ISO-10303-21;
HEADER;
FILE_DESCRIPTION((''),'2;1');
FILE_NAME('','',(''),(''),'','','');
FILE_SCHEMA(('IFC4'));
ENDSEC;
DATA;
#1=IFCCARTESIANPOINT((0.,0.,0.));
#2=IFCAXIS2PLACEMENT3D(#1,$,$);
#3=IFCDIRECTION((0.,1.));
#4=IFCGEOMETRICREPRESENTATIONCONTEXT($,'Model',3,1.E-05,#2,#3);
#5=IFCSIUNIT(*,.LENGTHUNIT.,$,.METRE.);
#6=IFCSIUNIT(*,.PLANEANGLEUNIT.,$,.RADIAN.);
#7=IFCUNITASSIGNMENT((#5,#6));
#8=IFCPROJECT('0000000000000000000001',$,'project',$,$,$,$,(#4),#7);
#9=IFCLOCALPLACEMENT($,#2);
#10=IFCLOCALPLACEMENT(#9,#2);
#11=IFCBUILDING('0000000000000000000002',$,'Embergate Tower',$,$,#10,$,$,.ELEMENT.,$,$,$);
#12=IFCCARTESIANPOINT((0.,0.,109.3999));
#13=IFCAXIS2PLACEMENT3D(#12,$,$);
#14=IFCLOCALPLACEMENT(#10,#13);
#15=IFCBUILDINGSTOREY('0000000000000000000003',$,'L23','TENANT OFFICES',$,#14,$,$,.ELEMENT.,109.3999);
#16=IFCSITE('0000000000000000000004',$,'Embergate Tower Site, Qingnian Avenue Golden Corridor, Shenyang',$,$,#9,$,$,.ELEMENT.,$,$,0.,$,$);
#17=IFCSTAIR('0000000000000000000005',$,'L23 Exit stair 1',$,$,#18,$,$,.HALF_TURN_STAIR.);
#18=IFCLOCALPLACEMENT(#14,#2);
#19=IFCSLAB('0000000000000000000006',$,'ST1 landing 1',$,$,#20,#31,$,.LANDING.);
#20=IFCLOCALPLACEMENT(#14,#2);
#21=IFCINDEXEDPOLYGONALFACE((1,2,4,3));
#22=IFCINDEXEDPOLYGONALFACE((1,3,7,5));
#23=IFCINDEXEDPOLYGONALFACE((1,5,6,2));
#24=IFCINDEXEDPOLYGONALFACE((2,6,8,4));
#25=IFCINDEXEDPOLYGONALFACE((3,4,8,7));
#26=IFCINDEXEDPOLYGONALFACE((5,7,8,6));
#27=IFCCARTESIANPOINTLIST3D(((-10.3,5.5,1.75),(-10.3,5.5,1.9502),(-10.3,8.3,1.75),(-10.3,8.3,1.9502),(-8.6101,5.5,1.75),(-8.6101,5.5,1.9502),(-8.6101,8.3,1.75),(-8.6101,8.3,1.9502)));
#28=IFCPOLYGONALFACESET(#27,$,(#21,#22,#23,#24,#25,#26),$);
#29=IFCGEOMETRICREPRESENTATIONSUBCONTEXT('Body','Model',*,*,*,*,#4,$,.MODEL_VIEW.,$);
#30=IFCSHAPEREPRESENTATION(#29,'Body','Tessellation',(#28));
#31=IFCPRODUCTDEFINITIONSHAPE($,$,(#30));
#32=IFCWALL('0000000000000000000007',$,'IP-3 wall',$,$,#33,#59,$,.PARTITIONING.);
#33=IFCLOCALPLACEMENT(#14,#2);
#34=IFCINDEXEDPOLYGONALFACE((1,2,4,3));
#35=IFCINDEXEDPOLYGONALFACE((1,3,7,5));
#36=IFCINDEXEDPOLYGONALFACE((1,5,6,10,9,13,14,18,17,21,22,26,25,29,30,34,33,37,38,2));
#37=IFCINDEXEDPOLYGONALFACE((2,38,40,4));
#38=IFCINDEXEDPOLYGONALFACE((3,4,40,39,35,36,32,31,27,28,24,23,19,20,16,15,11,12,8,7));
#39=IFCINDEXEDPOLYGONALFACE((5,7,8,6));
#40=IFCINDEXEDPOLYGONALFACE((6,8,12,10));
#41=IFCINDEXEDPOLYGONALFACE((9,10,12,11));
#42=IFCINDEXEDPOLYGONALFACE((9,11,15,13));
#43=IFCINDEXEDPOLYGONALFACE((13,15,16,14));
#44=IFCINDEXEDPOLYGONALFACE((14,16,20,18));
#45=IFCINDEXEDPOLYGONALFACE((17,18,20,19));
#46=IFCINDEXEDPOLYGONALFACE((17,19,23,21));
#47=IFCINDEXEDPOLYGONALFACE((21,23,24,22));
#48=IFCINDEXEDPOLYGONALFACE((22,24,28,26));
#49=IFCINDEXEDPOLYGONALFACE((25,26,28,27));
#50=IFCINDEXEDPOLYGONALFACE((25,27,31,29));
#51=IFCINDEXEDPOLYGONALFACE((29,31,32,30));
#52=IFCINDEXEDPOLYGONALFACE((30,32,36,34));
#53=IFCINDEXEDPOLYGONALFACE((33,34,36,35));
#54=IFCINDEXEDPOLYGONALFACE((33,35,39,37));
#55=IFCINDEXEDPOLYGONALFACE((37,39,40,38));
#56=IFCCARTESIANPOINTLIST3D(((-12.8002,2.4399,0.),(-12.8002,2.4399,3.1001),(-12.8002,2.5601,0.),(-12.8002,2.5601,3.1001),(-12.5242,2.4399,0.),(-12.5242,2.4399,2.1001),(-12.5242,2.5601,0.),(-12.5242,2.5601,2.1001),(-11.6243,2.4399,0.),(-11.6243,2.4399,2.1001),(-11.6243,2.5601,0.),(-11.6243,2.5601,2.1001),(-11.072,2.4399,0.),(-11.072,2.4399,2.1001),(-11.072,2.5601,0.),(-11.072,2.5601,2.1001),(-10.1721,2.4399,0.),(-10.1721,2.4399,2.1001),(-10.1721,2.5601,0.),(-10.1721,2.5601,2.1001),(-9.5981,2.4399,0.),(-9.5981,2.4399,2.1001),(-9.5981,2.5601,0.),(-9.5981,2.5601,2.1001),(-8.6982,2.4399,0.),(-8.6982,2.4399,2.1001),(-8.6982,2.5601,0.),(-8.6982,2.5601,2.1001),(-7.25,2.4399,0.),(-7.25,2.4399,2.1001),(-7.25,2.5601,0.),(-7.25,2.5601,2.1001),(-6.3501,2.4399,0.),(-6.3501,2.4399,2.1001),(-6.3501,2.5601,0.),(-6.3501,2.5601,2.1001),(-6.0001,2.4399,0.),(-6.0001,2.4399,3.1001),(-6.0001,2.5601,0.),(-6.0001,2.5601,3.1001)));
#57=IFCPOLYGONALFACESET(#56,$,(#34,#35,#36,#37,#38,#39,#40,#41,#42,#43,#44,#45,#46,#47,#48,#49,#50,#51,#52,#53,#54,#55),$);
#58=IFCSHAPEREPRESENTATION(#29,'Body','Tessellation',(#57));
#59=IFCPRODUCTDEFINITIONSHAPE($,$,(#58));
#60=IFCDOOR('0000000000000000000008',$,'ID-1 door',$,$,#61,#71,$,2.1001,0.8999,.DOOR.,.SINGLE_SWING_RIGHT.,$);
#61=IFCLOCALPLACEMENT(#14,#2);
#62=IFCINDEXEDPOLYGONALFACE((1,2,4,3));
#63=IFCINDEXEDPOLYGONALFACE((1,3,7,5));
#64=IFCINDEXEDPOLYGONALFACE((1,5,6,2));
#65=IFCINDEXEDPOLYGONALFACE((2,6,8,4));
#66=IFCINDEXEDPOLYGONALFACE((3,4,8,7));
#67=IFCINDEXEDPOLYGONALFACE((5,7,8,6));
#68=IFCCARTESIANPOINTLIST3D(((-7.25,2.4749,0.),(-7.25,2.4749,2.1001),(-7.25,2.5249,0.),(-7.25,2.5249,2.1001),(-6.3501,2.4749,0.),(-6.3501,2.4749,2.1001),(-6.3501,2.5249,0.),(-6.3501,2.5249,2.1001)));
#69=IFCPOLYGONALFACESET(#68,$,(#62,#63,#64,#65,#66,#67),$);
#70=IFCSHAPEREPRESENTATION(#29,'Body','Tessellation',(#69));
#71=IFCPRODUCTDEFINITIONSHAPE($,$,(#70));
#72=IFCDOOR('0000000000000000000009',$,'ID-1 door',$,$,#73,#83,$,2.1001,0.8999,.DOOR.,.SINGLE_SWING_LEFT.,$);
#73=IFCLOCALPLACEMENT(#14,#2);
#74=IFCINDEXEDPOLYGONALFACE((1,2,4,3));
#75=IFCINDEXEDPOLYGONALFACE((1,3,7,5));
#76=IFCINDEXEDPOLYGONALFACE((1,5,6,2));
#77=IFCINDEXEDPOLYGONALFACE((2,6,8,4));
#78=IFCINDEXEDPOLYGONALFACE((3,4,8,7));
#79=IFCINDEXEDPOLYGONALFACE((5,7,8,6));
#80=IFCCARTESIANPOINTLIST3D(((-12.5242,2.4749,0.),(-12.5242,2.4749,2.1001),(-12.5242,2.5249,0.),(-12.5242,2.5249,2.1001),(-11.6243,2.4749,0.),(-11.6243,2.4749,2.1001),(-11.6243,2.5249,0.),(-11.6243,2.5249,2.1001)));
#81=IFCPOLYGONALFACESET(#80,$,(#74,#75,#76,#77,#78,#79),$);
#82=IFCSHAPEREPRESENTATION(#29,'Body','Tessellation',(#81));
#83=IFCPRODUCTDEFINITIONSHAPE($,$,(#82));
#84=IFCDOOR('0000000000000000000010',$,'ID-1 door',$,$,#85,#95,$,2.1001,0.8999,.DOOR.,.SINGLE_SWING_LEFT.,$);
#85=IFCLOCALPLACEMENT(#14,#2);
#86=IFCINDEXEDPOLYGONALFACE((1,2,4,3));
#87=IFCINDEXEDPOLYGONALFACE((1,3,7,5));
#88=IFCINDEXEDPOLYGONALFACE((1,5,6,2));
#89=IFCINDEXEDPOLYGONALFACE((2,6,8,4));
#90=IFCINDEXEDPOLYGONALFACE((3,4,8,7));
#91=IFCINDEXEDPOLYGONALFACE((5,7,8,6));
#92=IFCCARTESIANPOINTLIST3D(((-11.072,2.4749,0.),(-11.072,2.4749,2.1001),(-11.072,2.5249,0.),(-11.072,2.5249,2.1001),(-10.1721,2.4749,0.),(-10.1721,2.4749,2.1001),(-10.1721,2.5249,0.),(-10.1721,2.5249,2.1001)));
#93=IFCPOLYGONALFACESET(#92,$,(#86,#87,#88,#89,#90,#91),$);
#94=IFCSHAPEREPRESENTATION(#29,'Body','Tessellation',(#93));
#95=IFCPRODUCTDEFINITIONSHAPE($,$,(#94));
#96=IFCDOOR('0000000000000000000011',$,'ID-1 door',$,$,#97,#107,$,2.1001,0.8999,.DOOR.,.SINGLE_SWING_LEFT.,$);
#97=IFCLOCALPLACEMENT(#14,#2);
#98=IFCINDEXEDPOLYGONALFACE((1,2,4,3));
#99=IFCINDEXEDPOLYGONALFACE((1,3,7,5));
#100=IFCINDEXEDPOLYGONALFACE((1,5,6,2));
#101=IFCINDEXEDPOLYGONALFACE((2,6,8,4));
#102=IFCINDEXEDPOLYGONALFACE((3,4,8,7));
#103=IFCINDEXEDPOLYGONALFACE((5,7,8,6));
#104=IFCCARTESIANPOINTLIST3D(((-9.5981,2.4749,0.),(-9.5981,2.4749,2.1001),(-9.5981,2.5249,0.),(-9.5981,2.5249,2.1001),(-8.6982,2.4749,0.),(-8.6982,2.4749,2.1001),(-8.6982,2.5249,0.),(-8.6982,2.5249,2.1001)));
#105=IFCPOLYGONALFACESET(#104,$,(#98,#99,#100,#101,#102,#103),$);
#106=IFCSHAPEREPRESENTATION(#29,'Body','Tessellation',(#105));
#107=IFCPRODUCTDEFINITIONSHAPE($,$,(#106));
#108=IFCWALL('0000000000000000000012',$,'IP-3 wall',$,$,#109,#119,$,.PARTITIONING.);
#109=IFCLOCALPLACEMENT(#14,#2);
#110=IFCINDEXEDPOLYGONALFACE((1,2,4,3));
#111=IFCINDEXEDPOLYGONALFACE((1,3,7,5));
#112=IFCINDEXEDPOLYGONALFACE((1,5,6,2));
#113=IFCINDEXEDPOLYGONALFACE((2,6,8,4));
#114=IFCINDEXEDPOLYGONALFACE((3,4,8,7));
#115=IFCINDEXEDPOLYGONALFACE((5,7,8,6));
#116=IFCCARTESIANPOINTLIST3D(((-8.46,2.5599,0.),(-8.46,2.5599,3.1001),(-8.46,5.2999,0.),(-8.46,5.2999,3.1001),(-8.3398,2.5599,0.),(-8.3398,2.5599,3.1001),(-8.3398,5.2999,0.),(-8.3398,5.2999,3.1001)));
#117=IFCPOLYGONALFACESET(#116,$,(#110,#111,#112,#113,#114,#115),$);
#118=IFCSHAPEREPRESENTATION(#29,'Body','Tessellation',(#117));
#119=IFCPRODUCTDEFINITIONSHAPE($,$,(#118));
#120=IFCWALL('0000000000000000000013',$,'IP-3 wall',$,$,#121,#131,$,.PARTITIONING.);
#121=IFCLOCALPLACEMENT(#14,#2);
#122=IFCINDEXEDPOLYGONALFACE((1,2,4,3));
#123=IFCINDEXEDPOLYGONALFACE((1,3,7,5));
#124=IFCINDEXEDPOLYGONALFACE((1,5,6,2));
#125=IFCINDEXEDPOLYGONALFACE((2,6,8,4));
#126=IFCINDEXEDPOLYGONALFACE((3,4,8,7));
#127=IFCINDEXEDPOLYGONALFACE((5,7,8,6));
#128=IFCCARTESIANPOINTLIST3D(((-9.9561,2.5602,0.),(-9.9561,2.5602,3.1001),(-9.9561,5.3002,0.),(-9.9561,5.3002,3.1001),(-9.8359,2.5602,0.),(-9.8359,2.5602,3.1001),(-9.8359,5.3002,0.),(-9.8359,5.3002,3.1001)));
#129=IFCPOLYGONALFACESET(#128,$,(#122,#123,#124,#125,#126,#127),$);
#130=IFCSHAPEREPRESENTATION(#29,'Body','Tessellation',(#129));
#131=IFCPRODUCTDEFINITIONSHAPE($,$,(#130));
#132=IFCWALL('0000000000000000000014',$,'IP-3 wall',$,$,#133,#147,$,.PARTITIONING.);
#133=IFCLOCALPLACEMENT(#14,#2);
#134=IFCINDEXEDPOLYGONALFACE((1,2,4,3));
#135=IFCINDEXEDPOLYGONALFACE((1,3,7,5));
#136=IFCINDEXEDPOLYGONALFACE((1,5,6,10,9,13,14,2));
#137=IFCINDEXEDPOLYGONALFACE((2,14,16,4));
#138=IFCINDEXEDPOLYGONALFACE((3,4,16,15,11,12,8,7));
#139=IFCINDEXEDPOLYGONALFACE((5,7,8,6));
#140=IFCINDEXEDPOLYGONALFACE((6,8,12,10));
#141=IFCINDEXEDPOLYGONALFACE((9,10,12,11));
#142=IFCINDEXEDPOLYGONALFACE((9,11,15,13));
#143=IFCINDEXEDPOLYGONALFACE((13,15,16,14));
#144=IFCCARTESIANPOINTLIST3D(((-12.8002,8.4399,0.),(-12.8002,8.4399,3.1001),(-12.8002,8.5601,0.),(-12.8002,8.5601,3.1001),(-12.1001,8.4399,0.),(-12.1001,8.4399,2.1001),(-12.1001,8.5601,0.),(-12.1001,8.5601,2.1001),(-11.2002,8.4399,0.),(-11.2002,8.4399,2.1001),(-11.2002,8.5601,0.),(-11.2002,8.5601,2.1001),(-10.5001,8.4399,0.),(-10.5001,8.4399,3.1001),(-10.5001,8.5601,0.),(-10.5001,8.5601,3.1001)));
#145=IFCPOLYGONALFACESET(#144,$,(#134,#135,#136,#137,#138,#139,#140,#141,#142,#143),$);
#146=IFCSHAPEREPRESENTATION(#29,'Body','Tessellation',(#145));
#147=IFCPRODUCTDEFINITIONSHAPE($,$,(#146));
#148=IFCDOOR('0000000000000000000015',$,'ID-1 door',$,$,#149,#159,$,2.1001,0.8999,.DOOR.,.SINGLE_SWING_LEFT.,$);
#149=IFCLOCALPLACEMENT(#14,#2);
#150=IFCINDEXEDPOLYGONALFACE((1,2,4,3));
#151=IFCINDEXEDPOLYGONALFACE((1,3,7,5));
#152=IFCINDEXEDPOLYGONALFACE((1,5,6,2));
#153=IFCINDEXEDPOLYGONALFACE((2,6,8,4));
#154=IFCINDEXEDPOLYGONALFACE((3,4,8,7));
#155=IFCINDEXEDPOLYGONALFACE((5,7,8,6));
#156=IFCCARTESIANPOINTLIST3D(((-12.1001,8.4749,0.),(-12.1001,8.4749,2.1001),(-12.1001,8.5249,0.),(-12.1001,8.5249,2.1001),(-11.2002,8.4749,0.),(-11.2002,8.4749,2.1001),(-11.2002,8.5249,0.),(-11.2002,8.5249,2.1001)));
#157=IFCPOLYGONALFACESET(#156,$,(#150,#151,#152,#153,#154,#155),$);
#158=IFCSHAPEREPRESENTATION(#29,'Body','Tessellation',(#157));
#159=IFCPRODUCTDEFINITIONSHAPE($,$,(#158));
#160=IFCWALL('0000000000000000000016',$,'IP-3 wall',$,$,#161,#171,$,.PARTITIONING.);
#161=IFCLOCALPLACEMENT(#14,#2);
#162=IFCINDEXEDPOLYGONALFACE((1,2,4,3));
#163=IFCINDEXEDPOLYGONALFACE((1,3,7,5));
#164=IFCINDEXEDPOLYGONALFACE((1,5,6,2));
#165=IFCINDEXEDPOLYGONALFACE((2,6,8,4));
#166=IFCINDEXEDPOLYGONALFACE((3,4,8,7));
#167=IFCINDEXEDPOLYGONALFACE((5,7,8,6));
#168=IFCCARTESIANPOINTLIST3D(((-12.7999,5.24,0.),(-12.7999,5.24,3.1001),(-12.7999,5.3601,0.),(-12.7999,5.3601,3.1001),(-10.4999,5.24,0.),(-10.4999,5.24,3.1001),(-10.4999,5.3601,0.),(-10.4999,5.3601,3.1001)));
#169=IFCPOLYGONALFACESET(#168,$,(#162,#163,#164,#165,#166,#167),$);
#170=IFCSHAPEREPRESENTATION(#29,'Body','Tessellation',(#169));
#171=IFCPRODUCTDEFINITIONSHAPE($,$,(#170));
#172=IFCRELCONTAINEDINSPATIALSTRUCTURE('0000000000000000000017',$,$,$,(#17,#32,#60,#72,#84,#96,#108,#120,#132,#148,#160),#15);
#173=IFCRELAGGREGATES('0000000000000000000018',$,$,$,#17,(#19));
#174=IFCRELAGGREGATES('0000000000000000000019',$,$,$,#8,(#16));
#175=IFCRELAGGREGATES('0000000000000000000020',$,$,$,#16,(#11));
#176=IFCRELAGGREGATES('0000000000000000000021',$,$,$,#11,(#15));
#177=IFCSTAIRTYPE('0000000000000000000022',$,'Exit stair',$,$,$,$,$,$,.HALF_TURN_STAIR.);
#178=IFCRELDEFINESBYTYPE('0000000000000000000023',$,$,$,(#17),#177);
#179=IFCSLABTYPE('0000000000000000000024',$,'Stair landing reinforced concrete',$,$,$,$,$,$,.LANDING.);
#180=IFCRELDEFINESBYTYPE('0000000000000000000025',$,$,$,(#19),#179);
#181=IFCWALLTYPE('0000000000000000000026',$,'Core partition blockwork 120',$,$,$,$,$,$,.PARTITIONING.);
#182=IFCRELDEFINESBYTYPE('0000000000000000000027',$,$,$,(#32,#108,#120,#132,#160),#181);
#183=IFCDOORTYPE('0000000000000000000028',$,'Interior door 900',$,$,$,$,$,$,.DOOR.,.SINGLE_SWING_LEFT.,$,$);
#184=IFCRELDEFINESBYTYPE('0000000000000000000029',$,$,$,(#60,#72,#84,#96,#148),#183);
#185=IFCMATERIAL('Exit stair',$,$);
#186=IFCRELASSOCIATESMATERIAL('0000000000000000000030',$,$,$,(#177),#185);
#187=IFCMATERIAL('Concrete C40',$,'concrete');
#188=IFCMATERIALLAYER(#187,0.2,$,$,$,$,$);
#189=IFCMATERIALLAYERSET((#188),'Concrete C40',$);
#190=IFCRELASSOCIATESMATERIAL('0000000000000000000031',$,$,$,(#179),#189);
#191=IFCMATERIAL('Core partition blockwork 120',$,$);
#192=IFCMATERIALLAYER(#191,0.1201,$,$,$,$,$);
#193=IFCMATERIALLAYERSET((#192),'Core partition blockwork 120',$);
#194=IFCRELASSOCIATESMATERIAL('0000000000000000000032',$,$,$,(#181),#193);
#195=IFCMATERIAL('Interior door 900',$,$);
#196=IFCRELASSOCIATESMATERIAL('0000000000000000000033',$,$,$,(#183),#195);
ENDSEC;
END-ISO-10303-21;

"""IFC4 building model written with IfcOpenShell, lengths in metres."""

from ifc_helpers import new_model, si_unit, direction, frame, frame_2d, origin, place, context, subcontext, project, spatial, polyline, rectangle, outline, extrude, source, transform, mapped, material, layer, layer_set, type_object, element, fill, aggregate, save


model = new_model("IFC4")

# Units and contexts
model_context = context("Model", 3, precision=1e-05, world=origin(), true_north=direction((0.0, 1.0)))
body_context = subcontext(model_context, "Body", "Model", "MODEL_VIEW")
ifc_project = project(units=[si_unit("LENGTHUNIT", "METRE"), si_unit("PLANEANGLEUNIT", "RADIAN")], contexts=[model_context])

# Site, building, storey
site_placement = place(None, origin())
site = spatial("IfcSite", under=ifc_project, at=site_placement, Name="Embergate Tower Site, Qingnian Avenue Golden Corridor, Shenyang", CompositionType="ELEMENT", RefElevation=0.0)
building_placement = place(site_placement, origin())
building = spatial("IfcBuilding", under=site, at=building_placement, Name="Embergate Tower", CompositionType="ELEMENT")
storey_placement = place(building_placement, frame((0.0, 0.0, 109.3999)))
storey = spatial("IfcBuildingStorey", under=building, at=storey_placement, Name="L23", Description="TENANT OFFICES", CompositionType="ELEMENT", Elevation=109.3999)

# Stair, slab
ifc_material_1 = material(Name="Exit stair")
stair_type = type_object("IfcStairType", Name="Exit stair", PredefinedType="HALF_TURN_STAIR", material=ifc_material_1)
stair_placement = place(storey_placement, origin())
stair = element("IfcStair", 1, at=stair_placement, inside=storey, type_object=stair_type, Name="L23 Exit stair 1", PredefinedType="HALF_TURN_STAIR")
ifc_material_2 = material(Name="Concrete C40", Category="concrete")
ifc_layer_1 = layer(ifc_material_2, 0.2)
ifc_layer_set_1 = layer_set([ifc_layer_1], Name="Concrete C40")
slab_type = type_object("IfcSlabType", Name="Stair landing reinforced concrete", PredefinedType="LANDING", material=ifc_layer_set_1)
shared_shape_1 = source(origin(), body_context, "Body", "SweptSolid", [
    extrude(outline(polyline([(0.0, 0.0), (1.6899, 0.0), (1.6899, 2.8), (0.0, 2.8), (0.0, 0.0)])), origin(), (0.0, 0.0, 1.0), 0.2002),
])
slab_placement = place(storey_placement, frame((-10.3, 5.5, 1.75)))
slab = element("IfcSlab", 2, at=slab_placement, type_object=slab_type, Name="ST1 landing 1", PredefinedType="LANDING", context=body_context, shape_type="MappedRepresentation", body=[
    mapped(shared_shape_1, transform((0.0, 0.0, 0.0))),
])

# Wall, openings, doors
ifc_material_3 = material(Name="Core partition blockwork 120")
ifc_layer_2 = layer(ifc_material_3, 0.1201)
ifc_layer_set_2 = layer_set([ifc_layer_2], Name="Core partition blockwork 120")
wall_type_1 = type_object("IfcWallType", Name="Core partition blockwork 120", PredefinedType="PARTITIONING", material=ifc_layer_set_2)
shared_shape_2 = source(origin(), body_context, "Body", "SweptSolid", [
    extrude(rectangle(XDim=6.8, YDim=0.1201, at=frame_2d((3.3999, 0.0))), origin(), (0.0, 0.0, 1.0), 3.1001),
])
wall_1_placement = place(storey_placement, frame((-12.8, 2.5, 0.0), z_axis=(0.0, 0.0, 1.0), x_axis=(1.0, 0.0, 0.0)))
wall_1 = element("IfcWall", 3, at=wall_1_placement, inside=storey, type_object=wall_type_1, Name="IP-3 wall", PredefinedType="PARTITIONING", context=body_context, shape_type="MappedRepresentation", body=[
    mapped(shared_shape_2, transform((0.0, 0.0, 0.0))),
])
shared_shape_3 = source(origin(), body_context, "Body", "SweptSolid", [
    extrude(rectangle(XDim=0.8999, YDim=2.1001, at=frame_2d((0.45, 1.05))), frame((0.0, 0.0701, 0.0), z_axis=(0.0, -1.0, 0.0), x_axis=(1.0, 0.0, 0.0)), (0.0, 0.0, 1.0), 0.1401),
])
opening_1_placement = place(wall_1_placement, frame((5.55, 0.0, 0.0)))
opening_1 = element("IfcOpeningElement", 4, at=opening_1_placement, cuts=wall_1, PredefinedType="OPENING", context=body_context, shape_type="MappedRepresentation", body=[
    mapped(shared_shape_3, transform((0.0, 0.0, 0.0))),
])
opening_2_placement = place(wall_1_placement, frame((0.2759, 0.0, 0.0)))
opening_2 = element("IfcOpeningElement", 5, at=opening_2_placement, cuts=wall_1, PredefinedType="OPENING", context=body_context, shape_type="MappedRepresentation", body=[
    mapped(shared_shape_3, transform((0.0, 0.0, 0.0))),
])
opening_3_placement = place(wall_1_placement, frame((1.728, 0.0, 0.0)))
opening_3 = element("IfcOpeningElement", 6, at=opening_3_placement, cuts=wall_1, PredefinedType="OPENING", context=body_context, shape_type="MappedRepresentation", body=[
    mapped(shared_shape_3, transform((0.0, 0.0, 0.0))),
])
opening_4_placement = place(wall_1_placement, frame((3.2019, 0.0, 0.0)))
opening_4 = element("IfcOpeningElement", 7, at=opening_4_placement, cuts=wall_1, PredefinedType="OPENING", context=body_context, shape_type="MappedRepresentation", body=[
    mapped(shared_shape_3, transform((0.0, 0.0, 0.0))),
])
ifc_material_4 = material(Name="Interior door 900")
door_type = type_object("IfcDoorType", Name="Interior door 900", OperationType="SINGLE_SWING_LEFT", PredefinedType="DOOR", material=ifc_material_4)
shared_shape_4 = source(origin(), body_context, "Body", "SweptSolid", [
    extrude(rectangle(XDim=0.8999, YDim=2.1001, at=frame_2d((0.45, 1.05))), frame((0.0, 0.0249, 0.0), z_axis=(0.0, -1.0, 0.0), x_axis=(1.0, 0.0, 0.0)), (0.0, 0.0, 1.0), 0.05),
])
door_1_placement = place(opening_1_placement, origin())
door_1 = element("IfcDoor", 8, at=door_1_placement, inside=storey, type_object=door_type, Name="ID-1 door", OperationType="SINGLE_SWING_RIGHT", OverallHeight=2.1001, OverallWidth=0.8999, PredefinedType="DOOR", context=body_context, shape_type="MappedRepresentation", body=[
    mapped(shared_shape_4, transform((0.0, 0.0, 0.0))),
])
fill(opening_1, door_1)
door_2_placement = place(opening_2_placement, origin())
door_2 = element("IfcDoor", 9, at=door_2_placement, inside=storey, type_object=door_type, Name="ID-1 door", OperationType="SINGLE_SWING_LEFT", OverallHeight=2.1001, OverallWidth=0.8999, PredefinedType="DOOR", context=body_context, shape_type="MappedRepresentation", body=[
    mapped(shared_shape_4, transform((0.0, 0.0, 0.0))),
])
fill(opening_2, door_2)
door_3_placement = place(opening_3_placement, origin())
door_3 = element("IfcDoor", 10, at=door_3_placement, inside=storey, type_object=door_type, Name="ID-1 door", OperationType="SINGLE_SWING_LEFT", OverallHeight=2.1001, OverallWidth=0.8999, PredefinedType="DOOR", context=body_context, shape_type="MappedRepresentation", body=[
    mapped(shared_shape_4, transform((0.0, 0.0, 0.0))),
])
fill(opening_3, door_3)
door_4_placement = place(opening_4_placement, origin())
door_4 = element("IfcDoor", 11, at=door_4_placement, inside=storey, type_object=door_type, Name="ID-1 door", OperationType="SINGLE_SWING_LEFT", OverallHeight=2.1001, OverallWidth=0.8999, PredefinedType="DOOR", context=body_context, shape_type="MappedRepresentation", body=[
    mapped(shared_shape_4, transform((0.0, 0.0, 0.0))),
])
fill(opening_4, door_4)

# Walls
shared_shape_5 = source(origin(), body_context, "Body", "SweptSolid", [
    extrude(rectangle(XDim=2.74, YDim=0.1201, at=frame_2d((1.3701, 0.0))), origin(), (0.0, 0.0, 1.0), 3.1001),
])
for number, where, z_axis, x_axis, name in (
    (12, (-8.3999, 5.3, 0.0), (0.0, 0.0, 1.0), (0.0, -1.0, 0.0), "IP-3 wall"),
    (13, (-9.896, 2.5601, 0.0), (0.0, 0.0, 1.0), (0.0, 1.0, 0.0), "IP-3 wall"),
):
    element("IfcWall", number, at=place(storey_placement, frame(where, z_axis=z_axis, x_axis=x_axis)), inside=storey, type_object=wall_type_1, Name=name, PredefinedType="PARTITIONING", context=body_context, shape_type="MappedRepresentation", body=[
        mapped(shared_shape_5, transform((0.0, 0.0, 0.0))),
    ])

# Wall, opening, door
shared_shape_6 = source(origin(), body_context, "Body", "SweptSolid", [
    extrude(rectangle(XDim=2.3, YDim=0.1201, at=frame_2d((1.1499, 0.0))), origin(), (0.0, 0.0, 1.0), 3.1001),
])
wall_2_placement = place(storey_placement, frame((-12.8, 8.5, 0.0), z_axis=(0.0, 0.0, 1.0), x_axis=(1.0, 0.0, 0.0)))
wall_2 = element("IfcWall", 14, at=wall_2_placement, inside=storey, type_object=wall_type_1, Name="IP-3 wall", PredefinedType="PARTITIONING", context=body_context, shape_type="MappedRepresentation", body=[
    mapped(shared_shape_6, transform((0.0, 0.0, 0.0))),
])
opening_5_placement = place(wall_2_placement, frame((0.7, 0.0, 0.0)))
opening_5 = element("IfcOpeningElement", 15, at=opening_5_placement, cuts=wall_2, PredefinedType="OPENING", context=body_context, shape_type="MappedRepresentation", body=[
    mapped(shared_shape_3, transform((0.0, 0.0, 0.0))),
])
door_5_placement = place(opening_5_placement, origin())
door_5 = element("IfcDoor", 16, at=door_5_placement, inside=storey, type_object=door_type, Name="ID-1 door", OperationType="SINGLE_SWING_LEFT", OverallHeight=2.1001, OverallWidth=0.8999, PredefinedType="DOOR", context=body_context, shape_type="MappedRepresentation", body=[
    mapped(shared_shape_4, transform((0.0, 0.0, 0.0))),
])
fill(opening_5, door_5)

# Wall
wall_3_placement = place(storey_placement, frame((-10.5, 5.3, 0.0), z_axis=(0.0, 0.0, 1.0), x_axis=(-1.0, 0.0, 0.0)))
element("IfcWall", 17, at=wall_3_placement, inside=storey, type_object=wall_type_1, Name="IP-3 wall", PredefinedType="PARTITIONING", context=body_context, shape_type="MappedRepresentation", body=[
    mapped(shared_shape_6, transform((0.0, 0.0, 0.0))),
])

aggregate(stair, [slab])

save(model, "model.ifc")
